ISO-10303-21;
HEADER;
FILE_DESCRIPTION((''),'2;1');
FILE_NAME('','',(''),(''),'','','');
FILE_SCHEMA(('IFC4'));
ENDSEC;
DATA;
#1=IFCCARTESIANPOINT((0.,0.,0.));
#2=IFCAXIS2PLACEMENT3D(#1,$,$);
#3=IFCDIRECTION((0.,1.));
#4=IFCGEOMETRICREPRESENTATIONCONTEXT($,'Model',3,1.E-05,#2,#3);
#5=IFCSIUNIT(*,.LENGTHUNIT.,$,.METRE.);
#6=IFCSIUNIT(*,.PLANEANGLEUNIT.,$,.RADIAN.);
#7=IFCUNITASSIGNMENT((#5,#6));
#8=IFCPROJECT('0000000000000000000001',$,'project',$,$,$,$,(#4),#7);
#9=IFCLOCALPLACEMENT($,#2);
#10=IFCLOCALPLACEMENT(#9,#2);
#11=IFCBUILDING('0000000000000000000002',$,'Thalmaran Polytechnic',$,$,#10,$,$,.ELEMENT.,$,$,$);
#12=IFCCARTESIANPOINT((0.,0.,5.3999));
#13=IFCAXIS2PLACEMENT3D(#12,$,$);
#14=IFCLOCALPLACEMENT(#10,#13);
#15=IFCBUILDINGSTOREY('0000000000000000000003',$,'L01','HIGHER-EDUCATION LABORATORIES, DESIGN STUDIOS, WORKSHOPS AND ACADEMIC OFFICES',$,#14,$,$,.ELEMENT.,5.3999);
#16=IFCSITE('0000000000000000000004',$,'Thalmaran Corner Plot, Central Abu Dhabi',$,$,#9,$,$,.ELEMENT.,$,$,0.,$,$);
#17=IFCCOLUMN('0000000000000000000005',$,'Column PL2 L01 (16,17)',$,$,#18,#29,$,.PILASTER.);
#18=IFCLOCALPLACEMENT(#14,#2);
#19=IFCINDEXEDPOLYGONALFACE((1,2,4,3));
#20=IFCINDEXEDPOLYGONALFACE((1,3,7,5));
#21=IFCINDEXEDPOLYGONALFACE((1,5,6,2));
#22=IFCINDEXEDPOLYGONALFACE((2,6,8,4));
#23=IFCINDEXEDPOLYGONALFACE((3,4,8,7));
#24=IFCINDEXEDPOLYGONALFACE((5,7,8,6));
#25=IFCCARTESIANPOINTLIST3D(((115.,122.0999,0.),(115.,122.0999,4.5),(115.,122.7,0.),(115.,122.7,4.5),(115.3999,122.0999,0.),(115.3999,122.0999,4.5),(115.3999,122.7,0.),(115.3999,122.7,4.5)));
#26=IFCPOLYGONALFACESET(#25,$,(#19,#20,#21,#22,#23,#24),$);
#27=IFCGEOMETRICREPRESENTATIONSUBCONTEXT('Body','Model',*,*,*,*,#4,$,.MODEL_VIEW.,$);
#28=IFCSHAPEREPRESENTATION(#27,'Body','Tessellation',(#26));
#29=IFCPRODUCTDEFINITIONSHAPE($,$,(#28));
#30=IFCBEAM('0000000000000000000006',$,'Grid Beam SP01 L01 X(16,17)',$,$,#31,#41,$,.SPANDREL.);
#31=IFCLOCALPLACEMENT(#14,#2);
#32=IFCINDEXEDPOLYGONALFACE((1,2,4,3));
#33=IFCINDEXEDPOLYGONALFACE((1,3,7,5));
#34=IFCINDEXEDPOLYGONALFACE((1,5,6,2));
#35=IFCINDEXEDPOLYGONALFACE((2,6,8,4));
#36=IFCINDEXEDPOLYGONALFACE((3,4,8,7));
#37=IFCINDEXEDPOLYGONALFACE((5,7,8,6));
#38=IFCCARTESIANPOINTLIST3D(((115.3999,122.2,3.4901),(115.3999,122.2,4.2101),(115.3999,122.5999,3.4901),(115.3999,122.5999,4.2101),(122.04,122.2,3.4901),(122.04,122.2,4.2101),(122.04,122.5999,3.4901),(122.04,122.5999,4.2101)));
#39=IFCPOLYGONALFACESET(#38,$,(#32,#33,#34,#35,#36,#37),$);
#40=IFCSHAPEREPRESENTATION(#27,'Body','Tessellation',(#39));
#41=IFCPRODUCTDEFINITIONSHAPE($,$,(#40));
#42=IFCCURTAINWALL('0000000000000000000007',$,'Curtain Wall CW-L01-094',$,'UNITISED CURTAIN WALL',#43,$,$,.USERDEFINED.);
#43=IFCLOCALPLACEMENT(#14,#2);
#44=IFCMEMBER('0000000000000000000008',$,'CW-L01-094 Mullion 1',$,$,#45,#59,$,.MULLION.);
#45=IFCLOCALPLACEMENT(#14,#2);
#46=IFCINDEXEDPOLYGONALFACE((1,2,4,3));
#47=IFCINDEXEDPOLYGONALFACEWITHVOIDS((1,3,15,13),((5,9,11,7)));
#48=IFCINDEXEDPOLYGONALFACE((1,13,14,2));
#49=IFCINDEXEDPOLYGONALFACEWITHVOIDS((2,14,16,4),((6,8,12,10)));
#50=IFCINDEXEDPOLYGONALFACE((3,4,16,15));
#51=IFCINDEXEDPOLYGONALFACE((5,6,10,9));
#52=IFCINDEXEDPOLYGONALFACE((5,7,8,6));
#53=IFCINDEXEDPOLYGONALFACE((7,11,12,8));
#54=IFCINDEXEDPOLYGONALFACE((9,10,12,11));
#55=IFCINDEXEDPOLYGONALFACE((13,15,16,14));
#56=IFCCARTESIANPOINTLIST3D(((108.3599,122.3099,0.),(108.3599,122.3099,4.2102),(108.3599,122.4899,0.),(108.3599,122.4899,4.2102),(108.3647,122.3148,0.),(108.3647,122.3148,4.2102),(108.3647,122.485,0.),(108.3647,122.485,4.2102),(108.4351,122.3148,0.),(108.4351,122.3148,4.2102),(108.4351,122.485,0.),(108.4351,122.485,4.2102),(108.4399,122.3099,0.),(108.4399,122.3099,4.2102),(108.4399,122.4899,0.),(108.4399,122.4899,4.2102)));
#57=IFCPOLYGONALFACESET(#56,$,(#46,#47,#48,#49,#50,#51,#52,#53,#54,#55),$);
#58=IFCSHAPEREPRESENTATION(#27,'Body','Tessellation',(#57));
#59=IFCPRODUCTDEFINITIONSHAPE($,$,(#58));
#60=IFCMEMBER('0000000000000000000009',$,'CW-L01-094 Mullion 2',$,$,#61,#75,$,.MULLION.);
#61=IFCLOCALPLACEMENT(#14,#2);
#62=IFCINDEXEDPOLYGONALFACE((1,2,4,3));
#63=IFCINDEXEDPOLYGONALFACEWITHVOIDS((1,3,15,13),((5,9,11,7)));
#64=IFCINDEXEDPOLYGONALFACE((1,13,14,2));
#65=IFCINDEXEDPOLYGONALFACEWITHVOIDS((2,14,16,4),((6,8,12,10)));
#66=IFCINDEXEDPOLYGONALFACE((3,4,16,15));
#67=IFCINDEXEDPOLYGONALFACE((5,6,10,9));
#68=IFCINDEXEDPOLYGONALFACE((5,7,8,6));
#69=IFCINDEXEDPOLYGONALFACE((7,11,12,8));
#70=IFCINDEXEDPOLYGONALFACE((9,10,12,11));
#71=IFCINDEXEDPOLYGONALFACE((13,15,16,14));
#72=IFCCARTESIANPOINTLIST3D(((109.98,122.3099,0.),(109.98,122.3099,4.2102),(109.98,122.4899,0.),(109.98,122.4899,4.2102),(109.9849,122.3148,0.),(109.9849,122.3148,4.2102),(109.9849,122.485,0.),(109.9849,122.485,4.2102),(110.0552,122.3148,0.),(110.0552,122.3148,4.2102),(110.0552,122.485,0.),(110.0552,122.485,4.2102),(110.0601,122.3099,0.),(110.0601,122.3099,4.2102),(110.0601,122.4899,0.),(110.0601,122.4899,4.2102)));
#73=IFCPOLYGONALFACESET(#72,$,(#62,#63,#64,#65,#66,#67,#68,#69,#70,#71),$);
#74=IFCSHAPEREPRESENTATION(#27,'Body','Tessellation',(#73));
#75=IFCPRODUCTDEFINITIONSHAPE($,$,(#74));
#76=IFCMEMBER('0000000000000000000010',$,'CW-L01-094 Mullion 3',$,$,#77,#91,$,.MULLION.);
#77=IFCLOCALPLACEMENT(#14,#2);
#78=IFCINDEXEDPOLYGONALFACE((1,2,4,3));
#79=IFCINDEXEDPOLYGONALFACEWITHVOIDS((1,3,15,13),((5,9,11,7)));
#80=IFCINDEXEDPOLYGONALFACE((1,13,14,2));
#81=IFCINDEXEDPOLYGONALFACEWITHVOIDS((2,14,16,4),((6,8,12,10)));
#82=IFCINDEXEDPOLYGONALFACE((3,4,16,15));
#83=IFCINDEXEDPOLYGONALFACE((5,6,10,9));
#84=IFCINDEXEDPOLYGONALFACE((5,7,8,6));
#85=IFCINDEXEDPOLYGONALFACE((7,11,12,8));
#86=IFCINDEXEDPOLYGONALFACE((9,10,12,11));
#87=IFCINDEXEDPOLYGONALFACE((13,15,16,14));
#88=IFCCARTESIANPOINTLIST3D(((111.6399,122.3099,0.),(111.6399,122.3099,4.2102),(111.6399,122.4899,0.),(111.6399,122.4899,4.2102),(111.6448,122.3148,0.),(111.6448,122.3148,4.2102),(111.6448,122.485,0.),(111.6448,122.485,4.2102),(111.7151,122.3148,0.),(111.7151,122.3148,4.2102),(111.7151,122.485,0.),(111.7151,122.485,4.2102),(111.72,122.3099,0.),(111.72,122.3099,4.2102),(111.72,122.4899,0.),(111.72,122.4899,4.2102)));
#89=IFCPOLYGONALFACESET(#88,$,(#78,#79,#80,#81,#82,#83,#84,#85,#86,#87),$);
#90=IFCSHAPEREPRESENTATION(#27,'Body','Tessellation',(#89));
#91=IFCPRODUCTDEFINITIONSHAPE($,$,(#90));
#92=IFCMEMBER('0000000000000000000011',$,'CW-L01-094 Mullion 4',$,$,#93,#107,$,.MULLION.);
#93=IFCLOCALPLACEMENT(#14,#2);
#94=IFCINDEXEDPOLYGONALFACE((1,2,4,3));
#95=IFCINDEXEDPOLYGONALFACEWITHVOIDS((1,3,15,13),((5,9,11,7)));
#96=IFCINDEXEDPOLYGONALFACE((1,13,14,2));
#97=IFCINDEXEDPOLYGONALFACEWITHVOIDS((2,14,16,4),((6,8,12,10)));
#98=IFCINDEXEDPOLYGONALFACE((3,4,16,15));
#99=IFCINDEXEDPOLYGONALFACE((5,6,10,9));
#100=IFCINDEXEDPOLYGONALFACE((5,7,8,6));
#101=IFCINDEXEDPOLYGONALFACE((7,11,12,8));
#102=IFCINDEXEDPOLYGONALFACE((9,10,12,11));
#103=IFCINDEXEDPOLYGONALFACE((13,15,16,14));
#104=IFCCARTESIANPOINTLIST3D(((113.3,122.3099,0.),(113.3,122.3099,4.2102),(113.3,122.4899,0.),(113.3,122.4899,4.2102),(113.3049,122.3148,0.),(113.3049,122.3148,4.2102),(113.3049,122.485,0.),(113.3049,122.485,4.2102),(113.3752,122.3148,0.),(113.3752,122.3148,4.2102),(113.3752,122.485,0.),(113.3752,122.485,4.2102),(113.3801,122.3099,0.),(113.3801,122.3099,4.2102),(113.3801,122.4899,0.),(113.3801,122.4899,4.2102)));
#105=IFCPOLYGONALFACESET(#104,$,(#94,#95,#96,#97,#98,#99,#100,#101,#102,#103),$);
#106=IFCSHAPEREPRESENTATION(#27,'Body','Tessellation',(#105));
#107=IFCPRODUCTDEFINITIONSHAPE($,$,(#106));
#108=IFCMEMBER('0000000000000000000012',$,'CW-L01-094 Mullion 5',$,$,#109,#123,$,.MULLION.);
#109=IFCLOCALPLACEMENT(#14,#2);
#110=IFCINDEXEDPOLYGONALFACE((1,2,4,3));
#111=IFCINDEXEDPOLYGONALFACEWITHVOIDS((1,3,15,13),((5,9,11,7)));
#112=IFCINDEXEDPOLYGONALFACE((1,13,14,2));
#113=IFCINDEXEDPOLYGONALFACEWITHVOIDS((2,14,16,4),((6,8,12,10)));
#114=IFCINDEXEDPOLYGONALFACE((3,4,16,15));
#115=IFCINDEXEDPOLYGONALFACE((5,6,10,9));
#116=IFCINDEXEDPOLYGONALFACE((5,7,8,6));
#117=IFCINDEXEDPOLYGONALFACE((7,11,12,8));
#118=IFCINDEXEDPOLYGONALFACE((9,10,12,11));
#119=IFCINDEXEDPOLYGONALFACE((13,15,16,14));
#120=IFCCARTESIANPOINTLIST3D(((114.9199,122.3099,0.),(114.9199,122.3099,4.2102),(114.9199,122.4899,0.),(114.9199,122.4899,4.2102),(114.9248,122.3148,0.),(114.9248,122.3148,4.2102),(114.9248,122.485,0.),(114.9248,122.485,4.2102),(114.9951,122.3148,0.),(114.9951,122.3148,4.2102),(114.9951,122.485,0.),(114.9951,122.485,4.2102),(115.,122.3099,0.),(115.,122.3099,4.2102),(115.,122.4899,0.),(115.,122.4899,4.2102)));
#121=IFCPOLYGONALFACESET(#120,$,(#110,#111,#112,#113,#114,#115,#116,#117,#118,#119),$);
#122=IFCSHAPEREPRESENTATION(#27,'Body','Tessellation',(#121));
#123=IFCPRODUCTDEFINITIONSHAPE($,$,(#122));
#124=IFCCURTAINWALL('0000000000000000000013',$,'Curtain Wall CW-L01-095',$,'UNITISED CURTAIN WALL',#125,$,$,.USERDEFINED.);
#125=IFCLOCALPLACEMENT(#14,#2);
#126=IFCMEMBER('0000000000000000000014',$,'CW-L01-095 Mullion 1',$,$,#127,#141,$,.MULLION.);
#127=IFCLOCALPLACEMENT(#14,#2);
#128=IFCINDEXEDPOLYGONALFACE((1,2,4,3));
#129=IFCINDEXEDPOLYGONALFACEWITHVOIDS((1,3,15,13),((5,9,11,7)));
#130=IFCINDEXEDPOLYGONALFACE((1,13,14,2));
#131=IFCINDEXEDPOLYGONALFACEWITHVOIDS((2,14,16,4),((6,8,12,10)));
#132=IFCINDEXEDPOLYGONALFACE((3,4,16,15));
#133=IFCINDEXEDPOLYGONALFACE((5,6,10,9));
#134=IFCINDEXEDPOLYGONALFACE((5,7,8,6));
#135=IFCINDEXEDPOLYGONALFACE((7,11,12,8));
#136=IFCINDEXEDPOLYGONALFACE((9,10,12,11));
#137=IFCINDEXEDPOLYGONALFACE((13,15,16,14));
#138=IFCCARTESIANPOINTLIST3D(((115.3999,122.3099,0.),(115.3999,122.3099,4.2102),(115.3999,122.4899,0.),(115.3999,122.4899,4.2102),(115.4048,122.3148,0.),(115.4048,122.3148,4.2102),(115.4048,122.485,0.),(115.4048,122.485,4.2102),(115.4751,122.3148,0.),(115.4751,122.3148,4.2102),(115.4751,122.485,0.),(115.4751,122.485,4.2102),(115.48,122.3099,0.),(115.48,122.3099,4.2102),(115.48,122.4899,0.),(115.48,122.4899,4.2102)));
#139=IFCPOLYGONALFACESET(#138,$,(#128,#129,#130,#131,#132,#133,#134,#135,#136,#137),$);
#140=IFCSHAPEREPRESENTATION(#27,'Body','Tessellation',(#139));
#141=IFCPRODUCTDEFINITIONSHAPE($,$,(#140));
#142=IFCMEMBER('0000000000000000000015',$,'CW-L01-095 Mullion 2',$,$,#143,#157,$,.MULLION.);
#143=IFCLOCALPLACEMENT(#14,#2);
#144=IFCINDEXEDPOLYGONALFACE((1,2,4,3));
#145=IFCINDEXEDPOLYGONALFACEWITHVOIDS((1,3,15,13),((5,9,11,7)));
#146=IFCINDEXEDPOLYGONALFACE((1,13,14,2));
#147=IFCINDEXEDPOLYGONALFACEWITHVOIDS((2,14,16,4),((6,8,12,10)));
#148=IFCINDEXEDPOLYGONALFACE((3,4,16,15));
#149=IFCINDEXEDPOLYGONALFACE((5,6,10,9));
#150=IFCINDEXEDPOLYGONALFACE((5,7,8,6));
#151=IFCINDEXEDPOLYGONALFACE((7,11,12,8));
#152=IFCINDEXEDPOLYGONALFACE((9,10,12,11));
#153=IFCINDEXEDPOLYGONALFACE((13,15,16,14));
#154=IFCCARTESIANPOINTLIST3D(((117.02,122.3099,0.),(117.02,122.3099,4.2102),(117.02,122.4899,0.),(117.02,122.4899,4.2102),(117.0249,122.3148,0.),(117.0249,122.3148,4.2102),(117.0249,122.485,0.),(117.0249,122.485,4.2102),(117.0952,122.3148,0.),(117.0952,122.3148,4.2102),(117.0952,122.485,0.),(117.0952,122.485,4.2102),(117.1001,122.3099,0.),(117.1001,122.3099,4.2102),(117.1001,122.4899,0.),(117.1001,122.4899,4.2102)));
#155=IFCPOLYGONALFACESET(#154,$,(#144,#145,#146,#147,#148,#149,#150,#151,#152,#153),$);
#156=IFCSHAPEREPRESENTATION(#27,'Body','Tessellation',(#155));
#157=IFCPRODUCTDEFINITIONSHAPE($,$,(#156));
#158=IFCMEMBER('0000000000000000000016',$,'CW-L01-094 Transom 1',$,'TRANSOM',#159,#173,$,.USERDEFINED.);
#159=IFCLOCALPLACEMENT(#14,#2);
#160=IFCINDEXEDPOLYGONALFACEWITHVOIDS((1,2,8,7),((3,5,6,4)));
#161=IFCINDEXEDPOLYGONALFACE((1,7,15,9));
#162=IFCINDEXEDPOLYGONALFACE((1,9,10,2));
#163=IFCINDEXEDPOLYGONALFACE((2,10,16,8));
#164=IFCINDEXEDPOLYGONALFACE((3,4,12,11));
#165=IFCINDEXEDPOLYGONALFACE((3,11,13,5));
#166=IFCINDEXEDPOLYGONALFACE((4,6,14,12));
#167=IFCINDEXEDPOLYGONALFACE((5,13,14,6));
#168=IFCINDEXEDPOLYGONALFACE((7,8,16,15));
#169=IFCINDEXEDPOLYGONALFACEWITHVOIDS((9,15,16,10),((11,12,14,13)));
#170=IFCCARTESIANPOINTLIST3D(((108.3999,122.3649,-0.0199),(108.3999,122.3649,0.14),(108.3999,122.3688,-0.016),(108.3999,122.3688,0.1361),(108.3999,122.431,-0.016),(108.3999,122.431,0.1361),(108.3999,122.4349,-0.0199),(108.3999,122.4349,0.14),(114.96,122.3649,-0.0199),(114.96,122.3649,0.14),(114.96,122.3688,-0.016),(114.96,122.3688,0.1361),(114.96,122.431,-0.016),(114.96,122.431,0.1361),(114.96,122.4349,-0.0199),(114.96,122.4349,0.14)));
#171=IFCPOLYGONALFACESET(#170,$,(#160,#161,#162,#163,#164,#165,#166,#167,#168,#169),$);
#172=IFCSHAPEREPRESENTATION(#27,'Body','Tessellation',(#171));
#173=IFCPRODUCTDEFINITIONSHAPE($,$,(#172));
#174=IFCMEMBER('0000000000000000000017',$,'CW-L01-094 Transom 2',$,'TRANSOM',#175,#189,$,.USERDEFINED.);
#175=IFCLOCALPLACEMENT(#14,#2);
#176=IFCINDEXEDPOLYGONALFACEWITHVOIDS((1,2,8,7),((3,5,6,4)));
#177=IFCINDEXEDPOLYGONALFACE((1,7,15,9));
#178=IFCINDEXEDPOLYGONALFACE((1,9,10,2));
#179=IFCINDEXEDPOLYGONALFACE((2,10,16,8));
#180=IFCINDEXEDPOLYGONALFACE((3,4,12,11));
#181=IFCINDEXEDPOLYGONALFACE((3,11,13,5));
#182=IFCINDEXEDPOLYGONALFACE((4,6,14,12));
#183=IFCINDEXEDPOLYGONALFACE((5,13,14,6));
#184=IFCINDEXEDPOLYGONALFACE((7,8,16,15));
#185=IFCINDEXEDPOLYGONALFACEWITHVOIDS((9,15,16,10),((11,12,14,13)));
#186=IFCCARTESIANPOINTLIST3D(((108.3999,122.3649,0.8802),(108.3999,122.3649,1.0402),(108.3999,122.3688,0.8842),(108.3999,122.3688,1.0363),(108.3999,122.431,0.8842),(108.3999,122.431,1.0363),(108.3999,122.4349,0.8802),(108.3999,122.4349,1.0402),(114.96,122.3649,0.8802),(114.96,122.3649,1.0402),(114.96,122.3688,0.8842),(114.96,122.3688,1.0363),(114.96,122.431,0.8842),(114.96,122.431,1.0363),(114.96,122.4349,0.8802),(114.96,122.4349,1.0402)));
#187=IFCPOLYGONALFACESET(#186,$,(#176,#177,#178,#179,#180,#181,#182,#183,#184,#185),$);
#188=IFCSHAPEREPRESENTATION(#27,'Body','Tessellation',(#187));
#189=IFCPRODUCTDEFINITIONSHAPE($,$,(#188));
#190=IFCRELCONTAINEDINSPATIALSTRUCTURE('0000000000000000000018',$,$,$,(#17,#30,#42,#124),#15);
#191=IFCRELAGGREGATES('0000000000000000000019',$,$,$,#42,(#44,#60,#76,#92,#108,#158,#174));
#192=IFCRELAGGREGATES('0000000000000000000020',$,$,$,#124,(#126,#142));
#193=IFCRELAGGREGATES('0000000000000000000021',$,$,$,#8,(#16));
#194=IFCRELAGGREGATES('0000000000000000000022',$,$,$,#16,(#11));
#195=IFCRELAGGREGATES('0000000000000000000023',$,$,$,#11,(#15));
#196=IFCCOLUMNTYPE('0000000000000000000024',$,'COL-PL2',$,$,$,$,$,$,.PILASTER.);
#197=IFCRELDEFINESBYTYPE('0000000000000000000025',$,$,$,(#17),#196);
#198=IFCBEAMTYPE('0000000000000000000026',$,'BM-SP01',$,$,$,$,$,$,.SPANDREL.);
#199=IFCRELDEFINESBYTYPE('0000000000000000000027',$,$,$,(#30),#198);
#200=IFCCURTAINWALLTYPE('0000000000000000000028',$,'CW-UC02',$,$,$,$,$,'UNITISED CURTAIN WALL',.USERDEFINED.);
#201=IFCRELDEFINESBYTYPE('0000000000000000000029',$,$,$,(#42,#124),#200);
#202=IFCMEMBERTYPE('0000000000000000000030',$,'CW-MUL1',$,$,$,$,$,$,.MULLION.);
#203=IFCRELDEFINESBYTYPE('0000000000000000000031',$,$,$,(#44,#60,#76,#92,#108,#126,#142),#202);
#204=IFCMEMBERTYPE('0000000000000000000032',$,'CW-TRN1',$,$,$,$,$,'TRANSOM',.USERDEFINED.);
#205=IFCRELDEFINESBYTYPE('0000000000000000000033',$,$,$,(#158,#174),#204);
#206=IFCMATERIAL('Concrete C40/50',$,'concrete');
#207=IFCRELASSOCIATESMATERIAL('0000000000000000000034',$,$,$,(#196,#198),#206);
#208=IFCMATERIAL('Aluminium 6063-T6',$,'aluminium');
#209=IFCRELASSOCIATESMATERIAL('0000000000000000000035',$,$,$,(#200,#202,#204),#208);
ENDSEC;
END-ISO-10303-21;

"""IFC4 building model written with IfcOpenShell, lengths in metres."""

from ifc_helpers import new_model, si_unit, direction, frame, origin, origin_2d, place, context, subcontext, project, spatial, rectangle, hollow_rectangle, extrude, material, material_profile, profile_set, type_object, element, aggregate, save


model = new_model("IFC4")

# Units and contexts
model_context = context("Model", 3, precision=1e-05, world=origin(), true_north=direction((0.0, 1.0)))
body_context = subcontext(model_context, "Body", "Model", "MODEL_VIEW")
ifc_project = project(units=[si_unit("LENGTHUNIT", "METRE"), si_unit("PLANEANGLEUNIT", "RADIAN")], contexts=[model_context])

# Site, building, storey
site_placement = place(None, origin())
site = spatial("IfcSite", under=ifc_project, at=site_placement, Name="Thalmaran Corner Plot, Central Abu Dhabi", CompositionType="ELEMENT", RefElevation=0.0)
building_placement = place(site_placement, origin())
building = spatial("IfcBuilding", under=site, at=building_placement, Name="Thalmaran Polytechnic", CompositionType="ELEMENT")
storey_placement = place(building_placement, frame((0.0, 0.0, 5.3999)))
storey = spatial("IfcBuildingStorey", under=building, at=storey_placement, Name="L01", Description="HIGHER-EDUCATION LABORATORIES, DESIGN STUDIOS, WORKSHOPS AND ACADEMIC OFFICES", CompositionType="ELEMENT", Elevation=5.3999)

# Column
ifc_material_1 = material(Name="Concrete C40/50", Category="concrete")
ifc_material_profile_1 = material_profile(ifc_material_1, rectangle(XDim=0.3999, YDim=0.6001, at=origin_2d()), Name="RC 400x600")
ifc_profile_set_1 = profile_set([ifc_material_profile_1], Name="Concrete C40/50")
column_type = type_object("IfcColumnType", Name="COL-PL2", PredefinedType="PILASTER", material=ifc_profile_set_1)
column_placement = place(storey_placement, frame((115.2, 122.3999, 0.0), z_axis=(0.0, 0.0, 1.0), x_axis=(1.0, 0.0, 0.0)))
element("IfcColumn", 1, at=column_placement, inside=storey, type_object=column_type, Name="Column PL2 L01 (16,17)", PredefinedType="PILASTER", context=body_context, shape_type="SweptSolid", body=[
    extrude(rectangle(XDim=0.3999, YDim=0.6001, at=origin_2d()), origin(), (0.0, 0.0, 1.0), 4.5),
])

# Beam
ifc_material_profile_2 = material_profile(ifc_material_1, rectangle(XDim=0.3999, YDim=0.72, at=origin_2d()), Name="RC 400x720")
ifc_profile_set_2 = profile_set([ifc_material_profile_2], Name="Concrete C40/50")
beam_type = type_object("IfcBeamType", Name="BM-SP01", PredefinedType="SPANDREL", material=ifc_profile_set_2)
beam_placement = place(storey_placement, frame((115.3999, 122.3999, 3.8501), z_axis=(1.0, 0.0, 0.0), x_axis=(0.0, 1.0, 0.0)))
element("IfcBeam", 2, at=beam_placement, inside=storey, type_object=beam_type, Name="Grid Beam SP01 L01 X(16,17)", PredefinedType="SPANDREL", context=body_context, shape_type="SweptSolid", body=[
    extrude(rectangle(XDim=0.3999, YDim=0.72, at=origin_2d()), origin(), (0.0, 0.0, 1.0), 6.6401),
])

# Curtain walls, members
ifc_material_2 = material(Name="Aluminium 6063-T6", Category="aluminium")
curtain_wall_type = type_object("IfcCurtainWallType", Name="CW-UC02", ElementType="UNITISED CURTAIN WALL", PredefinedType="USERDEFINED", material=ifc_material_2)
curtain_wall_1_placement = place(storey_placement, origin())
curtain_wall_1 = element("IfcCurtainWall", 3, at=curtain_wall_1_placement, inside=storey, type_object=curtain_wall_type, Name="Curtain Wall CW-L01-094", ObjectType="UNITISED CURTAIN WALL", PredefinedType="USERDEFINED")
ifc_material_profile_3 = material_profile(ifc_material_2, hollow_rectangle(XDim=0.0801, YDim=0.1799, WallThickness=0.0049, at=origin_2d()), Name="RHS 180x80x5.0")
ifc_profile_set_3 = profile_set([ifc_material_profile_3], Name="Aluminium 6063-T6")
member_type_1 = type_object("IfcMemberType", Name="CW-MUL1", PredefinedType="MULLION", material=ifc_profile_set_3)
member_1_placement = place(storey_placement, frame((108.3999, 122.3999, 0.0), z_axis=(0.0, 0.0, 1.0), x_axis=(1.0, 0.0, 0.0)))
member_1 = element("IfcMember", 4, at=member_1_placement, type_object=member_type_1, Name="CW-L01-094 Mullion 1", PredefinedType="MULLION", context=body_context, shape_type="SweptSolid", body=[
    extrude(hollow_rectangle(XDim=0.0801, YDim=0.1799, WallThickness=0.0049, at=origin_2d()), origin(), (0.0, 0.0, 1.0), 4.2102),
])
member_2_placement = place(storey_placement, frame((110.02, 122.3999, 0.0), z_axis=(0.0, 0.0, 1.0), x_axis=(1.0, 0.0, 0.0)))
member_2 = element("IfcMember", 5, at=member_2_placement, type_object=member_type_1, Name="CW-L01-094 Mullion 2", PredefinedType="MULLION", context=body_context, shape_type="SweptSolid", body=[
    extrude(hollow_rectangle(XDim=0.0801, YDim=0.1799, WallThickness=0.0049, at=origin_2d()), origin(), (0.0, 0.0, 1.0), 4.2102),
])
member_3_placement = place(storey_placement, frame((111.6799, 122.3999, 0.0), z_axis=(0.0, 0.0, 1.0), x_axis=(1.0, 0.0, 0.0)))
member_3 = element("IfcMember", 6, at=member_3_placement, type_object=member_type_1, Name="CW-L01-094 Mullion 3", PredefinedType="MULLION", context=body_context, shape_type="SweptSolid", body=[
    extrude(hollow_rectangle(XDim=0.0801, YDim=0.1799, WallThickness=0.0049, at=origin_2d()), origin(), (0.0, 0.0, 1.0), 4.2102),
])
member_4_placement = place(storey_placement, frame((113.3401, 122.3999, 0.0), z_axis=(0.0, 0.0, 1.0), x_axis=(1.0, 0.0, 0.0)))
member_4 = element("IfcMember", 7, at=member_4_placement, type_object=member_type_1, Name="CW-L01-094 Mullion 4", PredefinedType="MULLION", context=body_context, shape_type="SweptSolid", body=[
    extrude(hollow_rectangle(XDim=0.0801, YDim=0.1799, WallThickness=0.0049, at=origin_2d()), origin(), (0.0, 0.0, 1.0), 4.2102),
])
member_5_placement = place(storey_placement, frame((114.96, 122.3999, 0.0), z_axis=(0.0, 0.0, 1.0), x_axis=(1.0, 0.0, 0.0)))
member_5 = element("IfcMember", 8, at=member_5_placement, type_object=member_type_1, Name="CW-L01-094 Mullion 5", PredefinedType="MULLION", context=body_context, shape_type="SweptSolid", body=[
    extrude(hollow_rectangle(XDim=0.0801, YDim=0.1799, WallThickness=0.0049, at=origin_2d()), origin(), (0.0, 0.0, 1.0), 4.2102),
])
curtain_wall_2_placement = place(storey_placement, origin())
curtain_wall_2 = element("IfcCurtainWall", 9, at=curtain_wall_2_placement, inside=storey, type_object=curtain_wall_type, Name="Curtain Wall CW-L01-095", ObjectType="UNITISED CURTAIN WALL", PredefinedType="USERDEFINED")
member_6_placement = place(storey_placement, frame((115.4399, 122.3999, 0.0), z_axis=(0.0, 0.0, 1.0), x_axis=(1.0, 0.0, 0.0)))
member_6 = element("IfcMember", 10, at=member_6_placement, type_object=member_type_1, Name="CW-L01-095 Mullion 1", PredefinedType="MULLION", context=body_context, shape_type="SweptSolid", body=[
    extrude(hollow_rectangle(XDim=0.0801, YDim=0.1799, WallThickness=0.0049, at=origin_2d()), origin(), (0.0, 0.0, 1.0), 4.2102),
])
member_7_placement = place(storey_placement, frame((117.0601, 122.3999, 0.0), z_axis=(0.0, 0.0, 1.0), x_axis=(1.0, 0.0, 0.0)))
member_7 = element("IfcMember", 11, at=member_7_placement, type_object=member_type_1, Name="CW-L01-095 Mullion 2", PredefinedType="MULLION", context=body_context, shape_type="SweptSolid", body=[
    extrude(hollow_rectangle(XDim=0.0801, YDim=0.1799, WallThickness=0.0049, at=origin_2d()), origin(), (0.0, 0.0, 1.0), 4.2102),
])

# Members
ifc_material_profile_4 = material_profile(ifc_material_2, hollow_rectangle(XDim=0.0701, YDim=0.1599, WallThickness=0.0039, at=origin_2d()), Name="AL 160x70x4.0")
ifc_profile_set_4 = profile_set([ifc_material_profile_4], Name="Aluminium 6063-T6")
member_type_2 = type_object("IfcMemberType", Name="CW-TRN1", ElementType="TRANSOM", PredefinedType="USERDEFINED", material=ifc_profile_set_4)
member_8_placement = place(storey_placement, frame((108.3999, 122.3999, 0.0601), z_axis=(1.0, 0.0, 0.0), x_axis=(0.0, 1.0, 0.0)))
member_8 = element("IfcMember", 12, at=member_8_placement, type_object=member_type_2, Name="CW-L01-094 Transom 1", ObjectType="TRANSOM", PredefinedType="USERDEFINED", context=body_context, shape_type="SweptSolid", body=[
    extrude(hollow_rectangle(XDim=0.0701, YDim=0.1599, WallThickness=0.0039, at=origin_2d()), origin(), (0.0, 0.0, 1.0), 6.5601),
])
member_9_placement = place(storey_placement, frame((108.3999, 122.3999, 0.9602), z_axis=(1.0, 0.0, 0.0), x_axis=(0.0, 1.0, 0.0)))
member_9 = element("IfcMember", 13, at=member_9_placement, type_object=member_type_2, Name="CW-L01-094 Transom 2", ObjectType="TRANSOM", PredefinedType="USERDEFINED", context=body_context, shape_type="SweptSolid", body=[
    extrude(hollow_rectangle(XDim=0.0701, YDim=0.1599, WallThickness=0.0039, at=origin_2d()), origin(), (0.0, 0.0, 1.0), 6.5601),
])

aggregate(curtain_wall_1, [member_1, member_2, member_3, member_4, member_5, member_8, member_9])
aggregate(curtain_wall_2, [member_6, member_7])

save(model, "model.ifc")
